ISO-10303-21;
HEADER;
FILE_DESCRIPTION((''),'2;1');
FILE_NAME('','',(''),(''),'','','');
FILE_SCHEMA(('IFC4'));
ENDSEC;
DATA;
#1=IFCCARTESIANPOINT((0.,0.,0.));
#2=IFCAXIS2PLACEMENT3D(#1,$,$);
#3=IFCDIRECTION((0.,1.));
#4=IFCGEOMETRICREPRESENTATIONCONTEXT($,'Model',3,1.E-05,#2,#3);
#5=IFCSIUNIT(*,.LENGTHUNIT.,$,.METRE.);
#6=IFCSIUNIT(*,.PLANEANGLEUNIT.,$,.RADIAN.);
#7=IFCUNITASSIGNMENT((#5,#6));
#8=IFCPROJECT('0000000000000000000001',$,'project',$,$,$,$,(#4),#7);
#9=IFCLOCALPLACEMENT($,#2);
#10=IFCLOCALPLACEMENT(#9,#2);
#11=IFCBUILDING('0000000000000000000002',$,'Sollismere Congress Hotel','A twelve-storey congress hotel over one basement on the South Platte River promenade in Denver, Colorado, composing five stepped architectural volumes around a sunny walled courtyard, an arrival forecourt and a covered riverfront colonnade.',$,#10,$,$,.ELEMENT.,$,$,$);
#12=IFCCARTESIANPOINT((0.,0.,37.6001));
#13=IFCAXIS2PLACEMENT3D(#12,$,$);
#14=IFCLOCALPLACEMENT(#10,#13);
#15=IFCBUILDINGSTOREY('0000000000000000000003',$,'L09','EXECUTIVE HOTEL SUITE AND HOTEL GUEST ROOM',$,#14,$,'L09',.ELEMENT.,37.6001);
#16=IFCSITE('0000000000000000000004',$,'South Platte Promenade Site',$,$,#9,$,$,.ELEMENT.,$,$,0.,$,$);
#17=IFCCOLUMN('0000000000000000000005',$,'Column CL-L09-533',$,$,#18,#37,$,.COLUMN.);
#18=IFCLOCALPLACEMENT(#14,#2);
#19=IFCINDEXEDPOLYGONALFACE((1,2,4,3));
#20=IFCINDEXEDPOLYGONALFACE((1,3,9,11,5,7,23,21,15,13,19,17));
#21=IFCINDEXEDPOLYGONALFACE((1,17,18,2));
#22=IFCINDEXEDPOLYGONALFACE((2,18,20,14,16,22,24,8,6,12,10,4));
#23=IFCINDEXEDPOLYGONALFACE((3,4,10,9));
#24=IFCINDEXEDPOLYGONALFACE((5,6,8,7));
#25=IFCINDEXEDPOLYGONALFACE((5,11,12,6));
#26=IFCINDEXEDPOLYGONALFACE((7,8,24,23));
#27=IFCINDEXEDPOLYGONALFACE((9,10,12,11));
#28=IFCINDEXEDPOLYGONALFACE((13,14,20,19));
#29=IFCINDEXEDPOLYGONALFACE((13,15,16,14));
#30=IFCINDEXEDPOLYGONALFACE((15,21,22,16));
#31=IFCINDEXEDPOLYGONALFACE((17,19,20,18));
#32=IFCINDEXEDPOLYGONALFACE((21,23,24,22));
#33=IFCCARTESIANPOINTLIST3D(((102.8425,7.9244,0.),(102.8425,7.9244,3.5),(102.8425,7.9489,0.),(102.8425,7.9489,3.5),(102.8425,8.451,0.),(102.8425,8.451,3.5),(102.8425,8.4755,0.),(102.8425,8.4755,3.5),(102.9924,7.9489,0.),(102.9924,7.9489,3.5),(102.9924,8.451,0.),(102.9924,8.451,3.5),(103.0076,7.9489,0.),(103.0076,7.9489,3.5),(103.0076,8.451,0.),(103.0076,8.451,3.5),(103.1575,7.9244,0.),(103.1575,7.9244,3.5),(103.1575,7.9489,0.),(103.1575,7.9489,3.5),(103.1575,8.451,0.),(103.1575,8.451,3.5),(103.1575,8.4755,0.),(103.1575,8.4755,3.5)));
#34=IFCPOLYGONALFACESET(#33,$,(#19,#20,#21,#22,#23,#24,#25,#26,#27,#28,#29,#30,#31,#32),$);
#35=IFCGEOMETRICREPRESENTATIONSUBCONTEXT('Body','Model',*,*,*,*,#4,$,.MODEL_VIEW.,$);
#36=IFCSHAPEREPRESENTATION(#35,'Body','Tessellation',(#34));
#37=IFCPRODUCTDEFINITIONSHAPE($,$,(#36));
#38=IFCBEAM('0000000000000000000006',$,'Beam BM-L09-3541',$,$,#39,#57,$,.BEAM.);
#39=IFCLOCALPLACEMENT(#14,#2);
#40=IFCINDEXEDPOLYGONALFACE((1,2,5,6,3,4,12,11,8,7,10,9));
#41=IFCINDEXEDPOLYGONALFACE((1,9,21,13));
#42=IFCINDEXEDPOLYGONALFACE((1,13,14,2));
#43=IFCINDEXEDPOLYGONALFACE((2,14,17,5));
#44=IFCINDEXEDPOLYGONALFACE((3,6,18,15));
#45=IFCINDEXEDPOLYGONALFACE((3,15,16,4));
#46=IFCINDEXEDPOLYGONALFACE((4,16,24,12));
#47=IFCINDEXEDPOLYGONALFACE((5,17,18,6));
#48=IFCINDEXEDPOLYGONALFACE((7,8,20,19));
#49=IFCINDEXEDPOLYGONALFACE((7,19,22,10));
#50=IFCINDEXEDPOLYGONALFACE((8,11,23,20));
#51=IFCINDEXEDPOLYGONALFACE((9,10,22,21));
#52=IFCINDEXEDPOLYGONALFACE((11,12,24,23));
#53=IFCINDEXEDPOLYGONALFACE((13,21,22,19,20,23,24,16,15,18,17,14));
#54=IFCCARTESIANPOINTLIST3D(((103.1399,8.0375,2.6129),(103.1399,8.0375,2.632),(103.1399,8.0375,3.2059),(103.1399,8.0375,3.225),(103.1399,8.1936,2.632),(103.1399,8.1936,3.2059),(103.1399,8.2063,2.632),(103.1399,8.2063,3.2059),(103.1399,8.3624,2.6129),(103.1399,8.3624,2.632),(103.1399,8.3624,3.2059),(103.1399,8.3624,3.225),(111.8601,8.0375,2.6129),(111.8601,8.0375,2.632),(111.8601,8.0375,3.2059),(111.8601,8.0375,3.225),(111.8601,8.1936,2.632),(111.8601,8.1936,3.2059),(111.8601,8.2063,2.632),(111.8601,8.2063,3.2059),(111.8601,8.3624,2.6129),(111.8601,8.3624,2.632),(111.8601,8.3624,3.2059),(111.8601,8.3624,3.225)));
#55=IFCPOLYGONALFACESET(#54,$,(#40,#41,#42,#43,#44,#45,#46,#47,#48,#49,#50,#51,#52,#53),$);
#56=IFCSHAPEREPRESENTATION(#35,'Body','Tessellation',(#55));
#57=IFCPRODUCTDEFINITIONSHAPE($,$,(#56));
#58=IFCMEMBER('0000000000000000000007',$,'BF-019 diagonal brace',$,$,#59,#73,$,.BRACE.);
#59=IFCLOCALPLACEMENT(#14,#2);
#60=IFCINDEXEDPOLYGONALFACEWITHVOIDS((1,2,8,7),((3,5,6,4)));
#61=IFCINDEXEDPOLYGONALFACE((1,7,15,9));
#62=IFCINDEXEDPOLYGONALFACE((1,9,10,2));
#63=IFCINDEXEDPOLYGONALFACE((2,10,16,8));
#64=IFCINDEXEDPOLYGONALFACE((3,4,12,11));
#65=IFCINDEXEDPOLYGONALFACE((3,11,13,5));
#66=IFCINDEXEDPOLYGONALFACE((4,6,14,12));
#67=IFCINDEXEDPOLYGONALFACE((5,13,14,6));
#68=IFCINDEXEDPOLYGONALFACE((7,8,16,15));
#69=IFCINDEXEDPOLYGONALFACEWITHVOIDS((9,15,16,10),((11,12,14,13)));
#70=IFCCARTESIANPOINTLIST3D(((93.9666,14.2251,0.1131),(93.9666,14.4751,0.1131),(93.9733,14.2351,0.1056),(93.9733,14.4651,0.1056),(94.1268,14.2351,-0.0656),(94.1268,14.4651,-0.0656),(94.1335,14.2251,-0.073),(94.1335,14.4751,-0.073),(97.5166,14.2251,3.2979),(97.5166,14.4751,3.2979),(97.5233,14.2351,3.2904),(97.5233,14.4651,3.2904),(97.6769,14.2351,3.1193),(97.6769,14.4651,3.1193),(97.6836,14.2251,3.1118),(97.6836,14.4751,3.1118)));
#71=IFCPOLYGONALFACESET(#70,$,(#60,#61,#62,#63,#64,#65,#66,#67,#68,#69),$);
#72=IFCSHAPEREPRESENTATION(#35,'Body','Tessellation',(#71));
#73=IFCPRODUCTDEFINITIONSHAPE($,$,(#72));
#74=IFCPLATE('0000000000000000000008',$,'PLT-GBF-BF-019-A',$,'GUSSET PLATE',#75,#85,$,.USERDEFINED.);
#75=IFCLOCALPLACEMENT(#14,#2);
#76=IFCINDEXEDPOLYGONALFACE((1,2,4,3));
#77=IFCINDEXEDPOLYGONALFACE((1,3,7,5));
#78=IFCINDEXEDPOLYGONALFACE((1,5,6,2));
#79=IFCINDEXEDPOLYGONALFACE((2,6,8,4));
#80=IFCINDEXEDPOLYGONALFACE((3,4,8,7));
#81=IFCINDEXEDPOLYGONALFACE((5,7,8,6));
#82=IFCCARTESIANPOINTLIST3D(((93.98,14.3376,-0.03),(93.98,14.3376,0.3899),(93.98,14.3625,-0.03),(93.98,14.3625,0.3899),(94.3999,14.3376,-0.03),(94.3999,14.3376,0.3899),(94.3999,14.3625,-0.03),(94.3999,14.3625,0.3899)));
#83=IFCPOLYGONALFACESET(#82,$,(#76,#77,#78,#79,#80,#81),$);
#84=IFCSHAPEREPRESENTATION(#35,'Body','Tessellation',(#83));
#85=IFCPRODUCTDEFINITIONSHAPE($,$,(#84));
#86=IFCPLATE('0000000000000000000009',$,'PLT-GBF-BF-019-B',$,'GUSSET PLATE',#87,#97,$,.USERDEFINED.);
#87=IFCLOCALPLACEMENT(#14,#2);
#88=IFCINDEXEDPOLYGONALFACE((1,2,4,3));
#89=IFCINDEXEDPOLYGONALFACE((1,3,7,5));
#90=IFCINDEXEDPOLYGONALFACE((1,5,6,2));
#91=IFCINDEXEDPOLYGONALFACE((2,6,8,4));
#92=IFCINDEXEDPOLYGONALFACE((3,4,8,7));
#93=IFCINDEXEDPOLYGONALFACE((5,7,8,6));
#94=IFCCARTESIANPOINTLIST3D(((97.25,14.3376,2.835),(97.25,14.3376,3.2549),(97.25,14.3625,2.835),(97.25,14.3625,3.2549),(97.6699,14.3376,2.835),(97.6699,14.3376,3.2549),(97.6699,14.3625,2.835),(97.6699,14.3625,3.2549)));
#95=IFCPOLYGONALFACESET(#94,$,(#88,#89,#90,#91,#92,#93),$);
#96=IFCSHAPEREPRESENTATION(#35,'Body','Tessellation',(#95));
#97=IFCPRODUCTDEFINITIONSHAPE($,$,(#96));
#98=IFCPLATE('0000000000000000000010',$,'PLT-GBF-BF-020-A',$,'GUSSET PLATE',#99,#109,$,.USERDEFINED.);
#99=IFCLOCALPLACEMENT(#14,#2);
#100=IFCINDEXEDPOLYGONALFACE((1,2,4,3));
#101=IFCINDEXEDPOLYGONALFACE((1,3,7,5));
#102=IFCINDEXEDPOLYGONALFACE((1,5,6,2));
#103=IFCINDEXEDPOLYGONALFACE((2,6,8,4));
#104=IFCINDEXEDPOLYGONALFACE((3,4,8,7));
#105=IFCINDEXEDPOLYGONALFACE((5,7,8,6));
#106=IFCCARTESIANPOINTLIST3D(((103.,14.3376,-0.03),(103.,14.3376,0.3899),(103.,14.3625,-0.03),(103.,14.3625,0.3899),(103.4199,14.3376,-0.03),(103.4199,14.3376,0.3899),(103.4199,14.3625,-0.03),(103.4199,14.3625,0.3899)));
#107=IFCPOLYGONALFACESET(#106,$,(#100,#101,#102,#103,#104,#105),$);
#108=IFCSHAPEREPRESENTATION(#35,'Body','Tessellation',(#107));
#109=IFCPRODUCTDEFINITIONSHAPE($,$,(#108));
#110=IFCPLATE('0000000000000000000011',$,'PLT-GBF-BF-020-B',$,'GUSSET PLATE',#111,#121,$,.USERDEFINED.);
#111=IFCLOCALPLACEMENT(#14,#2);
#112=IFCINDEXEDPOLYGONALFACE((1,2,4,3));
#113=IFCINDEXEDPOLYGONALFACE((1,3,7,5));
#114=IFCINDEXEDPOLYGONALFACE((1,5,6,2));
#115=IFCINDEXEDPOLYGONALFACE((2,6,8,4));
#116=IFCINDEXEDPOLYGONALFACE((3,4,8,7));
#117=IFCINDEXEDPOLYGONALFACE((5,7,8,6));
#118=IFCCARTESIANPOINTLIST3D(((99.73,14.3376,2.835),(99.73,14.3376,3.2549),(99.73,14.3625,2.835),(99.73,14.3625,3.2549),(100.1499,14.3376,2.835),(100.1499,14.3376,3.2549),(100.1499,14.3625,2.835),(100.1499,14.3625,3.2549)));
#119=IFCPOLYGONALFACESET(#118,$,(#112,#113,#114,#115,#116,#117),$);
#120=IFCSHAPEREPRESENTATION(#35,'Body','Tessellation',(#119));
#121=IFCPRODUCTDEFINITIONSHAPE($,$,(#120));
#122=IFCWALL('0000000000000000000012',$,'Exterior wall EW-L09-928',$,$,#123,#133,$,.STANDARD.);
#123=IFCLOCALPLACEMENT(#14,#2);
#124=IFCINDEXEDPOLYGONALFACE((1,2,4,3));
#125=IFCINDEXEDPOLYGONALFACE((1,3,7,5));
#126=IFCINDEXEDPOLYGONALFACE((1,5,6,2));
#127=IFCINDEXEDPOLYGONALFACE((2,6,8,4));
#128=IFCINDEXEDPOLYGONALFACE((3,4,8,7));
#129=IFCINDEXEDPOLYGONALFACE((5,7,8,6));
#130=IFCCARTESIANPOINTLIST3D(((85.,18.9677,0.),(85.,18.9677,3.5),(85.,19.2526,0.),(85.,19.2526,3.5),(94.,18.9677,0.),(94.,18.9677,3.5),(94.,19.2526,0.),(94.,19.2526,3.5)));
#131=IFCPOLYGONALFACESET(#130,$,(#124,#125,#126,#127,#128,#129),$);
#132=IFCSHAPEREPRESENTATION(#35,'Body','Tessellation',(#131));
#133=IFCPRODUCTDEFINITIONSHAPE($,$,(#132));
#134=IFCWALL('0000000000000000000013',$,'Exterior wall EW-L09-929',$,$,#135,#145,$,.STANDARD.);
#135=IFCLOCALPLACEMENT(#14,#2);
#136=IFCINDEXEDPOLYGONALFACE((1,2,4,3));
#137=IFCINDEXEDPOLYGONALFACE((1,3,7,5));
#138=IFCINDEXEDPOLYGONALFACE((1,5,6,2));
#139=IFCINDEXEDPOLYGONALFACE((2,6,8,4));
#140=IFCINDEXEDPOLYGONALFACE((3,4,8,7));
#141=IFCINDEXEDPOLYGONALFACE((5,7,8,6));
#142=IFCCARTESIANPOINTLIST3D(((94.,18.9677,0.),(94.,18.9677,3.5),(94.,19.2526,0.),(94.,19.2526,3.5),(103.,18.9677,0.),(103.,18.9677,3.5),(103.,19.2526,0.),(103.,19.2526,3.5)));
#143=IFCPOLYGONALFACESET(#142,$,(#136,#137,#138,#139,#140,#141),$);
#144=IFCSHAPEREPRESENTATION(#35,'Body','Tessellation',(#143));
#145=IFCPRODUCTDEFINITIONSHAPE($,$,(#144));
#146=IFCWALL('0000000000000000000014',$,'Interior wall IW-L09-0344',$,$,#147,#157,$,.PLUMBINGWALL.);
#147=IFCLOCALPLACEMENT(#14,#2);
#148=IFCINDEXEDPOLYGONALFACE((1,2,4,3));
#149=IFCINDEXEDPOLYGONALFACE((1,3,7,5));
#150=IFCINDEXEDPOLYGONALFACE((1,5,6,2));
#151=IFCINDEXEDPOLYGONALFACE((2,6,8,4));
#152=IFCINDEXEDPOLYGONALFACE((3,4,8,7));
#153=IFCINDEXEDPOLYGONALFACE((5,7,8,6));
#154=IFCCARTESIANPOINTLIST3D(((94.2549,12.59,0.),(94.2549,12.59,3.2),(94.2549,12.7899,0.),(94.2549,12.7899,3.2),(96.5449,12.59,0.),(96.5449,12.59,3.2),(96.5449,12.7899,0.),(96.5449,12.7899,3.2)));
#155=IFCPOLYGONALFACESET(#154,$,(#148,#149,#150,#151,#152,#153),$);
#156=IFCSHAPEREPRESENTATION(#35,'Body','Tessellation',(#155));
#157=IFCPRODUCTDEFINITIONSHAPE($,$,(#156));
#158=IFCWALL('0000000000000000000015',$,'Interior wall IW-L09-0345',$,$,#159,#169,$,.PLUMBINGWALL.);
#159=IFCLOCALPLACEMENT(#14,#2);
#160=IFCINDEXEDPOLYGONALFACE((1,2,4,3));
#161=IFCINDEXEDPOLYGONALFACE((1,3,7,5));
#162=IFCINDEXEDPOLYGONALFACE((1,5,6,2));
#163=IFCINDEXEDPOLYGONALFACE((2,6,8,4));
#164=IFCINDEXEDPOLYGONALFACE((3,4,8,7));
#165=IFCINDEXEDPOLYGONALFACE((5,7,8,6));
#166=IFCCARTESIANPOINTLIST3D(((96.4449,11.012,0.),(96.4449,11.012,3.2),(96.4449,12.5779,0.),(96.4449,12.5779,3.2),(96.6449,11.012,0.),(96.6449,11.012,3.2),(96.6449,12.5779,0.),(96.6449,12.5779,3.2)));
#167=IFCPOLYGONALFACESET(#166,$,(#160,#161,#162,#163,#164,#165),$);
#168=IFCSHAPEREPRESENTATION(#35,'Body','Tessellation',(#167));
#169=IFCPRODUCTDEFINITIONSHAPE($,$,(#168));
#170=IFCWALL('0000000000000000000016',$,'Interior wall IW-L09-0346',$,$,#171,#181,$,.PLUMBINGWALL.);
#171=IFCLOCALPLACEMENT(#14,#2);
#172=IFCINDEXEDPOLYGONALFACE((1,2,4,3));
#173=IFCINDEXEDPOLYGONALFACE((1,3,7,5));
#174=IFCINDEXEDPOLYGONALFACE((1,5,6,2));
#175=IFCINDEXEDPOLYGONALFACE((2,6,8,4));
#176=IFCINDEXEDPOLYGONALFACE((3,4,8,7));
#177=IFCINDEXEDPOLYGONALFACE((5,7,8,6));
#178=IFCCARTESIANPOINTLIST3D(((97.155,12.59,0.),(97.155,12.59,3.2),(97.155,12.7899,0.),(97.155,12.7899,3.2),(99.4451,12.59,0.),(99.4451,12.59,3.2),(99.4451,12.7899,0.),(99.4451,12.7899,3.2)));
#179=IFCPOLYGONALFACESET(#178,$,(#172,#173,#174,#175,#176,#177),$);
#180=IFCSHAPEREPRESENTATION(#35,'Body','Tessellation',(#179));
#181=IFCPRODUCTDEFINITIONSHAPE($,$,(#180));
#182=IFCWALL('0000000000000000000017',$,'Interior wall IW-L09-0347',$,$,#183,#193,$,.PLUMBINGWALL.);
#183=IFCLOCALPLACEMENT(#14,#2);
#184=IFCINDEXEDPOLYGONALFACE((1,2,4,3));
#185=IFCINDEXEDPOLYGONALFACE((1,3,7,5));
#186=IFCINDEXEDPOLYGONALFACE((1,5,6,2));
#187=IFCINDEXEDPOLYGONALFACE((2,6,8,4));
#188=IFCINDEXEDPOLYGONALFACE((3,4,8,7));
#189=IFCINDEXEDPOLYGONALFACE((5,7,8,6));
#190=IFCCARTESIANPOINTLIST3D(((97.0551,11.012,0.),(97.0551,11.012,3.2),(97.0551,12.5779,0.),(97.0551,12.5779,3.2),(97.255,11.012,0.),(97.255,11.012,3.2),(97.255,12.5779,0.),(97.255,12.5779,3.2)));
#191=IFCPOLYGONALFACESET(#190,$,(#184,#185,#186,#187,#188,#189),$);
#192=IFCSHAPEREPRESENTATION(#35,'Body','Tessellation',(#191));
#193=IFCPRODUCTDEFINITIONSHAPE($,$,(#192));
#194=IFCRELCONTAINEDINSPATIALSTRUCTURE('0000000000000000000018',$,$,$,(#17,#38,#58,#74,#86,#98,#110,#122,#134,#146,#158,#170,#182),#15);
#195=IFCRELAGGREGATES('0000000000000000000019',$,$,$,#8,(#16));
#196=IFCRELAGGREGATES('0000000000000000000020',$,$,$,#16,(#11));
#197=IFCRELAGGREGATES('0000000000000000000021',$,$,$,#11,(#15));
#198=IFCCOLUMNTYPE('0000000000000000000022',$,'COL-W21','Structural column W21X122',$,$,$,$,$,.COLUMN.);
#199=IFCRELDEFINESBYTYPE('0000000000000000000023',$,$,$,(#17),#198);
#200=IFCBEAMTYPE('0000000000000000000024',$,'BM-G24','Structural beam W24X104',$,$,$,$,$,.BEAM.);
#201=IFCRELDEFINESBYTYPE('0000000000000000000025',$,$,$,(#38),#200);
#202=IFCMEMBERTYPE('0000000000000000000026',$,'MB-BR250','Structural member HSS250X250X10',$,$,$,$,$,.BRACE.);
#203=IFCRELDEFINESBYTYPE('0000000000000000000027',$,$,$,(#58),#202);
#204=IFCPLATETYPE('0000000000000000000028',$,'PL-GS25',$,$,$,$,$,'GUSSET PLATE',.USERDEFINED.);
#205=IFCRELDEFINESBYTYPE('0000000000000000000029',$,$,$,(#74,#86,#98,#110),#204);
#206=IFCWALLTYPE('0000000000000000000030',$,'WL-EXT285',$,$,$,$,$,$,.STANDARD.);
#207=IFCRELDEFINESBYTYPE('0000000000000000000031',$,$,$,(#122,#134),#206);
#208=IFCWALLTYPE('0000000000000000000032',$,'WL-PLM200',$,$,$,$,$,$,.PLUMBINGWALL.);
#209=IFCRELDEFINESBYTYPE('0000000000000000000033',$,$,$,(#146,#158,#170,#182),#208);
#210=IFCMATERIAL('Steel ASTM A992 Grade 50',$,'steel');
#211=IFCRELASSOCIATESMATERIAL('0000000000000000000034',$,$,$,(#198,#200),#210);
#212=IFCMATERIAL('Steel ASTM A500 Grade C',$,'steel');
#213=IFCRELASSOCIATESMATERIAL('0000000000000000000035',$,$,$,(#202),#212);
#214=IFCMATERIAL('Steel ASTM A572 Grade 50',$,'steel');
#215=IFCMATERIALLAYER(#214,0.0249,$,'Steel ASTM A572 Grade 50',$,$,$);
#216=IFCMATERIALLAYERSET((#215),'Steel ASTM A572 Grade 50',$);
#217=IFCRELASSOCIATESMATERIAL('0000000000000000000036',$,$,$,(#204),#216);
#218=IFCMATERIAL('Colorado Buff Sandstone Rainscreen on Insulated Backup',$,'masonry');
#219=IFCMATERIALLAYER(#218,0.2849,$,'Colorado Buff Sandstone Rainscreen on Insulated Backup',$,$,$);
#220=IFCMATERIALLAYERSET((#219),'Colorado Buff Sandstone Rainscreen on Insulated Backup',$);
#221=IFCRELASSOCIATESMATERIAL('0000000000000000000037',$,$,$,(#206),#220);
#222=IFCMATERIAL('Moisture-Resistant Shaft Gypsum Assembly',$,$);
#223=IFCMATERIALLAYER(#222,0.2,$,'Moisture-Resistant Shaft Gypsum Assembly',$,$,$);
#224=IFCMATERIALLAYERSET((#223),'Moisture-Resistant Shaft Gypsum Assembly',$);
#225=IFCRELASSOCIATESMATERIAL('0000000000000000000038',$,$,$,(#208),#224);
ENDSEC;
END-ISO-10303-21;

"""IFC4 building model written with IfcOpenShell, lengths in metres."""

from ifc_helpers import new_model, si_unit, direction, frame, frame_2d, origin, origin_2d, place, context, subcontext, project, spatial, rectangle, hollow_rectangle, i_section, extrude, material, layer, layer_set, material_profile, profile_set, type_object, element, save


model = new_model("IFC4")

# Units and contexts
model_context = context("Model", 3, precision=1e-05, world=origin(), true_north=direction((0.0, 1.0)))
body_context = subcontext(model_context, "Body", "Model", "MODEL_VIEW")
ifc_project = project(units=[si_unit("LENGTHUNIT", "METRE"), si_unit("PLANEANGLEUNIT", "RADIAN")], contexts=[model_context])

# Site, building, storey
site_placement = place(None, origin())
site = spatial("IfcSite", under=ifc_project, at=site_placement, Name="South Platte Promenade Site", CompositionType="ELEMENT", RefElevation=0.0)
building_placement = place(site_placement, origin())
building = spatial("IfcBuilding", under=site, at=building_placement, Name="Sollismere Congress Hotel", Description="A twelve-storey congress hotel over one basement on the South Platte River promenade in Denver, Colorado, composing five stepped architectural volumes around a sunny walled courtyard, an arrival forecourt and a covered riverfront colonnade.", CompositionType="ELEMENT")
storey_placement = place(building_placement, frame((0.0, 0.0, 37.6001)))
storey = spatial("IfcBuildingStorey", under=building, at=storey_placement, Name="L09", Description="EXECUTIVE HOTEL SUITE AND HOTEL GUEST ROOM", LongName="L09", CompositionType="ELEMENT", Elevation=37.6001)

# Column
ifc_material_1 = material(Name="Steel ASTM A992 Grade 50", Category="steel")
ifc_material_profile_1 = material_profile(ifc_material_1, i_section(OverallWidth=0.3149, OverallDepth=0.551, WebThickness=0.0151, FlangeThickness=0.0244, at=origin_2d()), Name="W21X122")
ifc_profile_set_1 = profile_set([ifc_material_profile_1], Name="Steel ASTM A992 Grade 50")
column_type = type_object("IfcColumnType", Name="COL-W21", Description="Structural column W21X122", PredefinedType="COLUMN", material=ifc_profile_set_1)
column_placement = place(storey_placement, frame((103.0, 8.2, 0.0), z_axis=(0.0, 0.0, 1.0), x_axis=(1.0, 0.0, 0.0)))
element("IfcColumn", 1, at=column_placement, inside=storey, type_object=column_type, Name="Column CL-L09-533", PredefinedType="COLUMN", context=body_context, shape_type="SweptSolid", body=[
    extrude(i_section(OverallWidth=0.3149, OverallDepth=0.551, WebThickness=0.0151, FlangeThickness=0.0244, at=origin_2d()), origin(), (0.0, 0.0, 1.0), 3.5),
])

# Beam
ifc_material_profile_2 = material_profile(ifc_material_1, i_section(OverallWidth=0.325, OverallDepth=0.6121, WebThickness=0.0127, FlangeThickness=0.019, at=origin_2d()), Name="W24X104")
ifc_profile_set_2 = profile_set([ifc_material_profile_2], Name="Steel ASTM A992 Grade 50")
beam_type = type_object("IfcBeamType", Name="BM-G24", Description="Structural beam W24X104", PredefinedType="BEAM", material=ifc_profile_set_2)
beam_placement = place(storey_placement, frame((103.1399, 8.2, 2.9189), z_axis=(1.0, 0.0, 0.0), x_axis=(0.0, 1.0, 0.0)))
element("IfcBeam", 2, at=beam_placement, inside=storey, type_object=beam_type, Name="Beam BM-L09-3541", PredefinedType="BEAM", context=body_context, shape_type="SweptSolid", body=[
    extrude(i_section(OverallWidth=0.325, OverallDepth=0.6121, WebThickness=0.0127, FlangeThickness=0.019, at=origin_2d()), origin(), (0.0, 0.0, 1.0), 8.7202),
])

# Member
ifc_material_2 = material(Name="Steel ASTM A500 Grade C", Category="steel")
ifc_material_profile_3 = material_profile(ifc_material_2, hollow_rectangle(XDim=0.25, YDim=0.25, WallThickness=0.01, at=origin_2d()), Name="HSS250X250X10")
ifc_profile_set_3 = profile_set([ifc_material_profile_3], Name="Steel ASTM A500 Grade C")
member_type = type_object("IfcMemberType", Name="MB-BR250", Description="Structural member HSS250X250X10", PredefinedType="BRACE", material=ifc_profile_set_3)
member_placement = place(storey_placement, frame((94.05, 14.3501, 0.02), z_axis=(0.74436, 0.0, 0.667779), x_axis=(0.0, 1.0, 0.0)))
element("IfcMember", 3, at=member_placement, inside=storey, type_object=member_type, Name="BF-019 diagonal brace", PredefinedType="BRACE", context=body_context, shape_type="SweptSolid", body=[
    extrude(hollow_rectangle(XDim=0.25, YDim=0.25, WallThickness=0.01, at=origin_2d()), origin(), (0.0, 0.0, 1.0), 4.7693),
])

# Plates
ifc_material_3 = material(Name="Steel ASTM A572 Grade 50", Category="steel")
ifc_layer_1 = layer(ifc_material_3, 0.0249, Name="Steel ASTM A572 Grade 50")
ifc_layer_set_1 = layer_set([ifc_layer_1], Name="Steel ASTM A572 Grade 50")
plate_type = type_object("IfcPlateType", Name="PL-GS25", ElementType="GUSSET PLATE", PredefinedType="USERDEFINED", material=ifc_layer_set_1)
for number, where, z_axis, x_axis, name in (
    (4, (94.1899, 14.3501, -0.03), (0.0, 0.0, 1.0), (1.0, 0.0, 0.0), "PLT-GBF-BF-019-A"),
    (5, (97.46, 14.3501, 2.835), (0.0, 0.0, 1.0), (1.0, 0.0, 0.0), "PLT-GBF-BF-019-B"),
    (6, (103.21, 14.3501, -0.03), (0.0, 0.0, 1.0), (1.0, 0.0, 0.0), "PLT-GBF-BF-020-A"),
    (7, (99.9399, 14.3501, 2.835), (0.0, 0.0, 1.0), (1.0, 0.0, 0.0), "PLT-GBF-BF-020-B"),
):
    element("IfcPlate", number, at=place(storey_placement, frame(where, z_axis=z_axis, x_axis=x_axis)), inside=storey, type_object=plate_type, Name=name, ObjectType="GUSSET PLATE", PredefinedType="USERDEFINED", context=body_context, shape_type="SweptSolid", body=[
        extrude(rectangle(XDim=0.4199, YDim=0.0249, at=origin_2d()), origin(), (0.0, 0.0, 1.0), 0.4199),
    ])

# Walls
ifc_material_4 = material(Name="Colorado Buff Sandstone Rainscreen on Insulated Backup", Category="masonry")
ifc_layer_2 = layer(ifc_material_4, 0.2849, Name="Colorado Buff Sandstone Rainscreen on Insulated Backup")
ifc_layer_set_2 = layer_set([ifc_layer_2], Name="Colorado Buff Sandstone Rainscreen on Insulated Backup")
wall_type_1 = type_object("IfcWallType", Name="WL-EXT285", PredefinedType="STANDARD", material=ifc_layer_set_2)
for number, where, z_axis, x_axis, name in (
    (8, (94.0, 19.1101, 0.0), (0.0, 0.0, 1.0), (-1.0, 0.0, 0.0), "Exterior wall EW-L09-928"),
    (9, (103.0, 19.1101, 0.0), (0.0, 0.0, 1.0), (-1.0, 0.0, 0.0), "Exterior wall EW-L09-929"),
):
    element("IfcWall", number, at=place(storey_placement, frame(where, z_axis=z_axis, x_axis=x_axis)), inside=storey, type_object=wall_type_1, Name=name, PredefinedType="STANDARD", context=body_context, shape_type="SweptSolid", body=[
        extrude(rectangle(XDim=9.0, YDim=0.2849, at=frame_2d((4.5, 0.0))), origin(), (0.0, 0.0, 1.0), 3.5),
    ])
ifc_material_5 = material(Name="Moisture-Resistant Shaft Gypsum Assembly")
ifc_layer_3 = layer(ifc_material_5, 0.2, Name="Moisture-Resistant Shaft Gypsum Assembly")
ifc_layer_set_3 = layer_set([ifc_layer_3], Name="Moisture-Resistant Shaft Gypsum Assembly")
wall_type_2 = type_object("IfcWallType", Name="WL-PLM200", PredefinedType="PLUMBINGWALL", material=ifc_layer_set_3)
wall_1_placement = place(storey_placement, frame((94.2549, 12.6899, 0.0), z_axis=(0.0, 0.0, 1.0), x_axis=(1.0, 0.0, 0.0)))
element("IfcWall", 10, at=wall_1_placement, inside=storey, type_object=wall_type_2, Name="Interior wall IW-L09-0344", PredefinedType="PLUMBINGWALL", context=body_context, shape_type="SweptSolid", body=[
    extrude(rectangle(XDim=2.29, YDim=0.2, at=frame_2d((1.145, 0.0))), origin(), (0.0, 0.0, 1.0), 3.2),
])
wall_2_placement = place(storey_placement, frame((96.5449, 11.012, 0.0), z_axis=(0.0, 0.0, 1.0), x_axis=(0.0, 1.0, 0.0)))
element("IfcWall", 11, at=wall_2_placement, inside=storey, type_object=wall_type_2, Name="Interior wall IW-L09-0345", PredefinedType="PLUMBINGWALL", context=body_context, shape_type="SweptSolid", body=[
    extrude(rectangle(XDim=1.5659, YDim=0.2, at=frame_2d((0.783, 0.0))), origin(), (0.0, 0.0, 1.0), 3.2),
])
wall_3_placement = place(storey_placement, frame((97.155, 12.6899, 0.0), z_axis=(0.0, 0.0, 1.0), x_axis=(1.0, 0.0, 0.0)))
element("IfcWall", 12, at=wall_3_placement, inside=storey, type_object=wall_type_2, Name="Interior wall IW-L09-0346", PredefinedType="PLUMBINGWALL", context=body_context, shape_type="SweptSolid", body=[
    extrude(rectangle(XDim=2.29, YDim=0.2, at=frame_2d((1.145, 0.0))), origin(), (0.0, 0.0, 1.0), 3.2),
])
for number, where, z_axis, x_axis, name in (
    (13, (97.155, 11.012, 0.0), (0.0, 0.0, 1.0), (0.0, 1.0, 0.0), "Interior wall IW-L09-0347"),
):
    element("IfcWall", number, at=place(storey_placement, frame(where, z_axis=z_axis, x_axis=x_axis)), inside=storey, type_object=wall_type_2, Name=name, PredefinedType="PLUMBINGWALL", context=body_context, shape_type="SweptSolid", body=[
        extrude(rectangle(XDim=1.5659, YDim=0.2, at=frame_2d((0.783, 0.0))), origin(), (0.0, 0.0, 1.0), 3.2),
    ])

save(model, "model.ifc")
